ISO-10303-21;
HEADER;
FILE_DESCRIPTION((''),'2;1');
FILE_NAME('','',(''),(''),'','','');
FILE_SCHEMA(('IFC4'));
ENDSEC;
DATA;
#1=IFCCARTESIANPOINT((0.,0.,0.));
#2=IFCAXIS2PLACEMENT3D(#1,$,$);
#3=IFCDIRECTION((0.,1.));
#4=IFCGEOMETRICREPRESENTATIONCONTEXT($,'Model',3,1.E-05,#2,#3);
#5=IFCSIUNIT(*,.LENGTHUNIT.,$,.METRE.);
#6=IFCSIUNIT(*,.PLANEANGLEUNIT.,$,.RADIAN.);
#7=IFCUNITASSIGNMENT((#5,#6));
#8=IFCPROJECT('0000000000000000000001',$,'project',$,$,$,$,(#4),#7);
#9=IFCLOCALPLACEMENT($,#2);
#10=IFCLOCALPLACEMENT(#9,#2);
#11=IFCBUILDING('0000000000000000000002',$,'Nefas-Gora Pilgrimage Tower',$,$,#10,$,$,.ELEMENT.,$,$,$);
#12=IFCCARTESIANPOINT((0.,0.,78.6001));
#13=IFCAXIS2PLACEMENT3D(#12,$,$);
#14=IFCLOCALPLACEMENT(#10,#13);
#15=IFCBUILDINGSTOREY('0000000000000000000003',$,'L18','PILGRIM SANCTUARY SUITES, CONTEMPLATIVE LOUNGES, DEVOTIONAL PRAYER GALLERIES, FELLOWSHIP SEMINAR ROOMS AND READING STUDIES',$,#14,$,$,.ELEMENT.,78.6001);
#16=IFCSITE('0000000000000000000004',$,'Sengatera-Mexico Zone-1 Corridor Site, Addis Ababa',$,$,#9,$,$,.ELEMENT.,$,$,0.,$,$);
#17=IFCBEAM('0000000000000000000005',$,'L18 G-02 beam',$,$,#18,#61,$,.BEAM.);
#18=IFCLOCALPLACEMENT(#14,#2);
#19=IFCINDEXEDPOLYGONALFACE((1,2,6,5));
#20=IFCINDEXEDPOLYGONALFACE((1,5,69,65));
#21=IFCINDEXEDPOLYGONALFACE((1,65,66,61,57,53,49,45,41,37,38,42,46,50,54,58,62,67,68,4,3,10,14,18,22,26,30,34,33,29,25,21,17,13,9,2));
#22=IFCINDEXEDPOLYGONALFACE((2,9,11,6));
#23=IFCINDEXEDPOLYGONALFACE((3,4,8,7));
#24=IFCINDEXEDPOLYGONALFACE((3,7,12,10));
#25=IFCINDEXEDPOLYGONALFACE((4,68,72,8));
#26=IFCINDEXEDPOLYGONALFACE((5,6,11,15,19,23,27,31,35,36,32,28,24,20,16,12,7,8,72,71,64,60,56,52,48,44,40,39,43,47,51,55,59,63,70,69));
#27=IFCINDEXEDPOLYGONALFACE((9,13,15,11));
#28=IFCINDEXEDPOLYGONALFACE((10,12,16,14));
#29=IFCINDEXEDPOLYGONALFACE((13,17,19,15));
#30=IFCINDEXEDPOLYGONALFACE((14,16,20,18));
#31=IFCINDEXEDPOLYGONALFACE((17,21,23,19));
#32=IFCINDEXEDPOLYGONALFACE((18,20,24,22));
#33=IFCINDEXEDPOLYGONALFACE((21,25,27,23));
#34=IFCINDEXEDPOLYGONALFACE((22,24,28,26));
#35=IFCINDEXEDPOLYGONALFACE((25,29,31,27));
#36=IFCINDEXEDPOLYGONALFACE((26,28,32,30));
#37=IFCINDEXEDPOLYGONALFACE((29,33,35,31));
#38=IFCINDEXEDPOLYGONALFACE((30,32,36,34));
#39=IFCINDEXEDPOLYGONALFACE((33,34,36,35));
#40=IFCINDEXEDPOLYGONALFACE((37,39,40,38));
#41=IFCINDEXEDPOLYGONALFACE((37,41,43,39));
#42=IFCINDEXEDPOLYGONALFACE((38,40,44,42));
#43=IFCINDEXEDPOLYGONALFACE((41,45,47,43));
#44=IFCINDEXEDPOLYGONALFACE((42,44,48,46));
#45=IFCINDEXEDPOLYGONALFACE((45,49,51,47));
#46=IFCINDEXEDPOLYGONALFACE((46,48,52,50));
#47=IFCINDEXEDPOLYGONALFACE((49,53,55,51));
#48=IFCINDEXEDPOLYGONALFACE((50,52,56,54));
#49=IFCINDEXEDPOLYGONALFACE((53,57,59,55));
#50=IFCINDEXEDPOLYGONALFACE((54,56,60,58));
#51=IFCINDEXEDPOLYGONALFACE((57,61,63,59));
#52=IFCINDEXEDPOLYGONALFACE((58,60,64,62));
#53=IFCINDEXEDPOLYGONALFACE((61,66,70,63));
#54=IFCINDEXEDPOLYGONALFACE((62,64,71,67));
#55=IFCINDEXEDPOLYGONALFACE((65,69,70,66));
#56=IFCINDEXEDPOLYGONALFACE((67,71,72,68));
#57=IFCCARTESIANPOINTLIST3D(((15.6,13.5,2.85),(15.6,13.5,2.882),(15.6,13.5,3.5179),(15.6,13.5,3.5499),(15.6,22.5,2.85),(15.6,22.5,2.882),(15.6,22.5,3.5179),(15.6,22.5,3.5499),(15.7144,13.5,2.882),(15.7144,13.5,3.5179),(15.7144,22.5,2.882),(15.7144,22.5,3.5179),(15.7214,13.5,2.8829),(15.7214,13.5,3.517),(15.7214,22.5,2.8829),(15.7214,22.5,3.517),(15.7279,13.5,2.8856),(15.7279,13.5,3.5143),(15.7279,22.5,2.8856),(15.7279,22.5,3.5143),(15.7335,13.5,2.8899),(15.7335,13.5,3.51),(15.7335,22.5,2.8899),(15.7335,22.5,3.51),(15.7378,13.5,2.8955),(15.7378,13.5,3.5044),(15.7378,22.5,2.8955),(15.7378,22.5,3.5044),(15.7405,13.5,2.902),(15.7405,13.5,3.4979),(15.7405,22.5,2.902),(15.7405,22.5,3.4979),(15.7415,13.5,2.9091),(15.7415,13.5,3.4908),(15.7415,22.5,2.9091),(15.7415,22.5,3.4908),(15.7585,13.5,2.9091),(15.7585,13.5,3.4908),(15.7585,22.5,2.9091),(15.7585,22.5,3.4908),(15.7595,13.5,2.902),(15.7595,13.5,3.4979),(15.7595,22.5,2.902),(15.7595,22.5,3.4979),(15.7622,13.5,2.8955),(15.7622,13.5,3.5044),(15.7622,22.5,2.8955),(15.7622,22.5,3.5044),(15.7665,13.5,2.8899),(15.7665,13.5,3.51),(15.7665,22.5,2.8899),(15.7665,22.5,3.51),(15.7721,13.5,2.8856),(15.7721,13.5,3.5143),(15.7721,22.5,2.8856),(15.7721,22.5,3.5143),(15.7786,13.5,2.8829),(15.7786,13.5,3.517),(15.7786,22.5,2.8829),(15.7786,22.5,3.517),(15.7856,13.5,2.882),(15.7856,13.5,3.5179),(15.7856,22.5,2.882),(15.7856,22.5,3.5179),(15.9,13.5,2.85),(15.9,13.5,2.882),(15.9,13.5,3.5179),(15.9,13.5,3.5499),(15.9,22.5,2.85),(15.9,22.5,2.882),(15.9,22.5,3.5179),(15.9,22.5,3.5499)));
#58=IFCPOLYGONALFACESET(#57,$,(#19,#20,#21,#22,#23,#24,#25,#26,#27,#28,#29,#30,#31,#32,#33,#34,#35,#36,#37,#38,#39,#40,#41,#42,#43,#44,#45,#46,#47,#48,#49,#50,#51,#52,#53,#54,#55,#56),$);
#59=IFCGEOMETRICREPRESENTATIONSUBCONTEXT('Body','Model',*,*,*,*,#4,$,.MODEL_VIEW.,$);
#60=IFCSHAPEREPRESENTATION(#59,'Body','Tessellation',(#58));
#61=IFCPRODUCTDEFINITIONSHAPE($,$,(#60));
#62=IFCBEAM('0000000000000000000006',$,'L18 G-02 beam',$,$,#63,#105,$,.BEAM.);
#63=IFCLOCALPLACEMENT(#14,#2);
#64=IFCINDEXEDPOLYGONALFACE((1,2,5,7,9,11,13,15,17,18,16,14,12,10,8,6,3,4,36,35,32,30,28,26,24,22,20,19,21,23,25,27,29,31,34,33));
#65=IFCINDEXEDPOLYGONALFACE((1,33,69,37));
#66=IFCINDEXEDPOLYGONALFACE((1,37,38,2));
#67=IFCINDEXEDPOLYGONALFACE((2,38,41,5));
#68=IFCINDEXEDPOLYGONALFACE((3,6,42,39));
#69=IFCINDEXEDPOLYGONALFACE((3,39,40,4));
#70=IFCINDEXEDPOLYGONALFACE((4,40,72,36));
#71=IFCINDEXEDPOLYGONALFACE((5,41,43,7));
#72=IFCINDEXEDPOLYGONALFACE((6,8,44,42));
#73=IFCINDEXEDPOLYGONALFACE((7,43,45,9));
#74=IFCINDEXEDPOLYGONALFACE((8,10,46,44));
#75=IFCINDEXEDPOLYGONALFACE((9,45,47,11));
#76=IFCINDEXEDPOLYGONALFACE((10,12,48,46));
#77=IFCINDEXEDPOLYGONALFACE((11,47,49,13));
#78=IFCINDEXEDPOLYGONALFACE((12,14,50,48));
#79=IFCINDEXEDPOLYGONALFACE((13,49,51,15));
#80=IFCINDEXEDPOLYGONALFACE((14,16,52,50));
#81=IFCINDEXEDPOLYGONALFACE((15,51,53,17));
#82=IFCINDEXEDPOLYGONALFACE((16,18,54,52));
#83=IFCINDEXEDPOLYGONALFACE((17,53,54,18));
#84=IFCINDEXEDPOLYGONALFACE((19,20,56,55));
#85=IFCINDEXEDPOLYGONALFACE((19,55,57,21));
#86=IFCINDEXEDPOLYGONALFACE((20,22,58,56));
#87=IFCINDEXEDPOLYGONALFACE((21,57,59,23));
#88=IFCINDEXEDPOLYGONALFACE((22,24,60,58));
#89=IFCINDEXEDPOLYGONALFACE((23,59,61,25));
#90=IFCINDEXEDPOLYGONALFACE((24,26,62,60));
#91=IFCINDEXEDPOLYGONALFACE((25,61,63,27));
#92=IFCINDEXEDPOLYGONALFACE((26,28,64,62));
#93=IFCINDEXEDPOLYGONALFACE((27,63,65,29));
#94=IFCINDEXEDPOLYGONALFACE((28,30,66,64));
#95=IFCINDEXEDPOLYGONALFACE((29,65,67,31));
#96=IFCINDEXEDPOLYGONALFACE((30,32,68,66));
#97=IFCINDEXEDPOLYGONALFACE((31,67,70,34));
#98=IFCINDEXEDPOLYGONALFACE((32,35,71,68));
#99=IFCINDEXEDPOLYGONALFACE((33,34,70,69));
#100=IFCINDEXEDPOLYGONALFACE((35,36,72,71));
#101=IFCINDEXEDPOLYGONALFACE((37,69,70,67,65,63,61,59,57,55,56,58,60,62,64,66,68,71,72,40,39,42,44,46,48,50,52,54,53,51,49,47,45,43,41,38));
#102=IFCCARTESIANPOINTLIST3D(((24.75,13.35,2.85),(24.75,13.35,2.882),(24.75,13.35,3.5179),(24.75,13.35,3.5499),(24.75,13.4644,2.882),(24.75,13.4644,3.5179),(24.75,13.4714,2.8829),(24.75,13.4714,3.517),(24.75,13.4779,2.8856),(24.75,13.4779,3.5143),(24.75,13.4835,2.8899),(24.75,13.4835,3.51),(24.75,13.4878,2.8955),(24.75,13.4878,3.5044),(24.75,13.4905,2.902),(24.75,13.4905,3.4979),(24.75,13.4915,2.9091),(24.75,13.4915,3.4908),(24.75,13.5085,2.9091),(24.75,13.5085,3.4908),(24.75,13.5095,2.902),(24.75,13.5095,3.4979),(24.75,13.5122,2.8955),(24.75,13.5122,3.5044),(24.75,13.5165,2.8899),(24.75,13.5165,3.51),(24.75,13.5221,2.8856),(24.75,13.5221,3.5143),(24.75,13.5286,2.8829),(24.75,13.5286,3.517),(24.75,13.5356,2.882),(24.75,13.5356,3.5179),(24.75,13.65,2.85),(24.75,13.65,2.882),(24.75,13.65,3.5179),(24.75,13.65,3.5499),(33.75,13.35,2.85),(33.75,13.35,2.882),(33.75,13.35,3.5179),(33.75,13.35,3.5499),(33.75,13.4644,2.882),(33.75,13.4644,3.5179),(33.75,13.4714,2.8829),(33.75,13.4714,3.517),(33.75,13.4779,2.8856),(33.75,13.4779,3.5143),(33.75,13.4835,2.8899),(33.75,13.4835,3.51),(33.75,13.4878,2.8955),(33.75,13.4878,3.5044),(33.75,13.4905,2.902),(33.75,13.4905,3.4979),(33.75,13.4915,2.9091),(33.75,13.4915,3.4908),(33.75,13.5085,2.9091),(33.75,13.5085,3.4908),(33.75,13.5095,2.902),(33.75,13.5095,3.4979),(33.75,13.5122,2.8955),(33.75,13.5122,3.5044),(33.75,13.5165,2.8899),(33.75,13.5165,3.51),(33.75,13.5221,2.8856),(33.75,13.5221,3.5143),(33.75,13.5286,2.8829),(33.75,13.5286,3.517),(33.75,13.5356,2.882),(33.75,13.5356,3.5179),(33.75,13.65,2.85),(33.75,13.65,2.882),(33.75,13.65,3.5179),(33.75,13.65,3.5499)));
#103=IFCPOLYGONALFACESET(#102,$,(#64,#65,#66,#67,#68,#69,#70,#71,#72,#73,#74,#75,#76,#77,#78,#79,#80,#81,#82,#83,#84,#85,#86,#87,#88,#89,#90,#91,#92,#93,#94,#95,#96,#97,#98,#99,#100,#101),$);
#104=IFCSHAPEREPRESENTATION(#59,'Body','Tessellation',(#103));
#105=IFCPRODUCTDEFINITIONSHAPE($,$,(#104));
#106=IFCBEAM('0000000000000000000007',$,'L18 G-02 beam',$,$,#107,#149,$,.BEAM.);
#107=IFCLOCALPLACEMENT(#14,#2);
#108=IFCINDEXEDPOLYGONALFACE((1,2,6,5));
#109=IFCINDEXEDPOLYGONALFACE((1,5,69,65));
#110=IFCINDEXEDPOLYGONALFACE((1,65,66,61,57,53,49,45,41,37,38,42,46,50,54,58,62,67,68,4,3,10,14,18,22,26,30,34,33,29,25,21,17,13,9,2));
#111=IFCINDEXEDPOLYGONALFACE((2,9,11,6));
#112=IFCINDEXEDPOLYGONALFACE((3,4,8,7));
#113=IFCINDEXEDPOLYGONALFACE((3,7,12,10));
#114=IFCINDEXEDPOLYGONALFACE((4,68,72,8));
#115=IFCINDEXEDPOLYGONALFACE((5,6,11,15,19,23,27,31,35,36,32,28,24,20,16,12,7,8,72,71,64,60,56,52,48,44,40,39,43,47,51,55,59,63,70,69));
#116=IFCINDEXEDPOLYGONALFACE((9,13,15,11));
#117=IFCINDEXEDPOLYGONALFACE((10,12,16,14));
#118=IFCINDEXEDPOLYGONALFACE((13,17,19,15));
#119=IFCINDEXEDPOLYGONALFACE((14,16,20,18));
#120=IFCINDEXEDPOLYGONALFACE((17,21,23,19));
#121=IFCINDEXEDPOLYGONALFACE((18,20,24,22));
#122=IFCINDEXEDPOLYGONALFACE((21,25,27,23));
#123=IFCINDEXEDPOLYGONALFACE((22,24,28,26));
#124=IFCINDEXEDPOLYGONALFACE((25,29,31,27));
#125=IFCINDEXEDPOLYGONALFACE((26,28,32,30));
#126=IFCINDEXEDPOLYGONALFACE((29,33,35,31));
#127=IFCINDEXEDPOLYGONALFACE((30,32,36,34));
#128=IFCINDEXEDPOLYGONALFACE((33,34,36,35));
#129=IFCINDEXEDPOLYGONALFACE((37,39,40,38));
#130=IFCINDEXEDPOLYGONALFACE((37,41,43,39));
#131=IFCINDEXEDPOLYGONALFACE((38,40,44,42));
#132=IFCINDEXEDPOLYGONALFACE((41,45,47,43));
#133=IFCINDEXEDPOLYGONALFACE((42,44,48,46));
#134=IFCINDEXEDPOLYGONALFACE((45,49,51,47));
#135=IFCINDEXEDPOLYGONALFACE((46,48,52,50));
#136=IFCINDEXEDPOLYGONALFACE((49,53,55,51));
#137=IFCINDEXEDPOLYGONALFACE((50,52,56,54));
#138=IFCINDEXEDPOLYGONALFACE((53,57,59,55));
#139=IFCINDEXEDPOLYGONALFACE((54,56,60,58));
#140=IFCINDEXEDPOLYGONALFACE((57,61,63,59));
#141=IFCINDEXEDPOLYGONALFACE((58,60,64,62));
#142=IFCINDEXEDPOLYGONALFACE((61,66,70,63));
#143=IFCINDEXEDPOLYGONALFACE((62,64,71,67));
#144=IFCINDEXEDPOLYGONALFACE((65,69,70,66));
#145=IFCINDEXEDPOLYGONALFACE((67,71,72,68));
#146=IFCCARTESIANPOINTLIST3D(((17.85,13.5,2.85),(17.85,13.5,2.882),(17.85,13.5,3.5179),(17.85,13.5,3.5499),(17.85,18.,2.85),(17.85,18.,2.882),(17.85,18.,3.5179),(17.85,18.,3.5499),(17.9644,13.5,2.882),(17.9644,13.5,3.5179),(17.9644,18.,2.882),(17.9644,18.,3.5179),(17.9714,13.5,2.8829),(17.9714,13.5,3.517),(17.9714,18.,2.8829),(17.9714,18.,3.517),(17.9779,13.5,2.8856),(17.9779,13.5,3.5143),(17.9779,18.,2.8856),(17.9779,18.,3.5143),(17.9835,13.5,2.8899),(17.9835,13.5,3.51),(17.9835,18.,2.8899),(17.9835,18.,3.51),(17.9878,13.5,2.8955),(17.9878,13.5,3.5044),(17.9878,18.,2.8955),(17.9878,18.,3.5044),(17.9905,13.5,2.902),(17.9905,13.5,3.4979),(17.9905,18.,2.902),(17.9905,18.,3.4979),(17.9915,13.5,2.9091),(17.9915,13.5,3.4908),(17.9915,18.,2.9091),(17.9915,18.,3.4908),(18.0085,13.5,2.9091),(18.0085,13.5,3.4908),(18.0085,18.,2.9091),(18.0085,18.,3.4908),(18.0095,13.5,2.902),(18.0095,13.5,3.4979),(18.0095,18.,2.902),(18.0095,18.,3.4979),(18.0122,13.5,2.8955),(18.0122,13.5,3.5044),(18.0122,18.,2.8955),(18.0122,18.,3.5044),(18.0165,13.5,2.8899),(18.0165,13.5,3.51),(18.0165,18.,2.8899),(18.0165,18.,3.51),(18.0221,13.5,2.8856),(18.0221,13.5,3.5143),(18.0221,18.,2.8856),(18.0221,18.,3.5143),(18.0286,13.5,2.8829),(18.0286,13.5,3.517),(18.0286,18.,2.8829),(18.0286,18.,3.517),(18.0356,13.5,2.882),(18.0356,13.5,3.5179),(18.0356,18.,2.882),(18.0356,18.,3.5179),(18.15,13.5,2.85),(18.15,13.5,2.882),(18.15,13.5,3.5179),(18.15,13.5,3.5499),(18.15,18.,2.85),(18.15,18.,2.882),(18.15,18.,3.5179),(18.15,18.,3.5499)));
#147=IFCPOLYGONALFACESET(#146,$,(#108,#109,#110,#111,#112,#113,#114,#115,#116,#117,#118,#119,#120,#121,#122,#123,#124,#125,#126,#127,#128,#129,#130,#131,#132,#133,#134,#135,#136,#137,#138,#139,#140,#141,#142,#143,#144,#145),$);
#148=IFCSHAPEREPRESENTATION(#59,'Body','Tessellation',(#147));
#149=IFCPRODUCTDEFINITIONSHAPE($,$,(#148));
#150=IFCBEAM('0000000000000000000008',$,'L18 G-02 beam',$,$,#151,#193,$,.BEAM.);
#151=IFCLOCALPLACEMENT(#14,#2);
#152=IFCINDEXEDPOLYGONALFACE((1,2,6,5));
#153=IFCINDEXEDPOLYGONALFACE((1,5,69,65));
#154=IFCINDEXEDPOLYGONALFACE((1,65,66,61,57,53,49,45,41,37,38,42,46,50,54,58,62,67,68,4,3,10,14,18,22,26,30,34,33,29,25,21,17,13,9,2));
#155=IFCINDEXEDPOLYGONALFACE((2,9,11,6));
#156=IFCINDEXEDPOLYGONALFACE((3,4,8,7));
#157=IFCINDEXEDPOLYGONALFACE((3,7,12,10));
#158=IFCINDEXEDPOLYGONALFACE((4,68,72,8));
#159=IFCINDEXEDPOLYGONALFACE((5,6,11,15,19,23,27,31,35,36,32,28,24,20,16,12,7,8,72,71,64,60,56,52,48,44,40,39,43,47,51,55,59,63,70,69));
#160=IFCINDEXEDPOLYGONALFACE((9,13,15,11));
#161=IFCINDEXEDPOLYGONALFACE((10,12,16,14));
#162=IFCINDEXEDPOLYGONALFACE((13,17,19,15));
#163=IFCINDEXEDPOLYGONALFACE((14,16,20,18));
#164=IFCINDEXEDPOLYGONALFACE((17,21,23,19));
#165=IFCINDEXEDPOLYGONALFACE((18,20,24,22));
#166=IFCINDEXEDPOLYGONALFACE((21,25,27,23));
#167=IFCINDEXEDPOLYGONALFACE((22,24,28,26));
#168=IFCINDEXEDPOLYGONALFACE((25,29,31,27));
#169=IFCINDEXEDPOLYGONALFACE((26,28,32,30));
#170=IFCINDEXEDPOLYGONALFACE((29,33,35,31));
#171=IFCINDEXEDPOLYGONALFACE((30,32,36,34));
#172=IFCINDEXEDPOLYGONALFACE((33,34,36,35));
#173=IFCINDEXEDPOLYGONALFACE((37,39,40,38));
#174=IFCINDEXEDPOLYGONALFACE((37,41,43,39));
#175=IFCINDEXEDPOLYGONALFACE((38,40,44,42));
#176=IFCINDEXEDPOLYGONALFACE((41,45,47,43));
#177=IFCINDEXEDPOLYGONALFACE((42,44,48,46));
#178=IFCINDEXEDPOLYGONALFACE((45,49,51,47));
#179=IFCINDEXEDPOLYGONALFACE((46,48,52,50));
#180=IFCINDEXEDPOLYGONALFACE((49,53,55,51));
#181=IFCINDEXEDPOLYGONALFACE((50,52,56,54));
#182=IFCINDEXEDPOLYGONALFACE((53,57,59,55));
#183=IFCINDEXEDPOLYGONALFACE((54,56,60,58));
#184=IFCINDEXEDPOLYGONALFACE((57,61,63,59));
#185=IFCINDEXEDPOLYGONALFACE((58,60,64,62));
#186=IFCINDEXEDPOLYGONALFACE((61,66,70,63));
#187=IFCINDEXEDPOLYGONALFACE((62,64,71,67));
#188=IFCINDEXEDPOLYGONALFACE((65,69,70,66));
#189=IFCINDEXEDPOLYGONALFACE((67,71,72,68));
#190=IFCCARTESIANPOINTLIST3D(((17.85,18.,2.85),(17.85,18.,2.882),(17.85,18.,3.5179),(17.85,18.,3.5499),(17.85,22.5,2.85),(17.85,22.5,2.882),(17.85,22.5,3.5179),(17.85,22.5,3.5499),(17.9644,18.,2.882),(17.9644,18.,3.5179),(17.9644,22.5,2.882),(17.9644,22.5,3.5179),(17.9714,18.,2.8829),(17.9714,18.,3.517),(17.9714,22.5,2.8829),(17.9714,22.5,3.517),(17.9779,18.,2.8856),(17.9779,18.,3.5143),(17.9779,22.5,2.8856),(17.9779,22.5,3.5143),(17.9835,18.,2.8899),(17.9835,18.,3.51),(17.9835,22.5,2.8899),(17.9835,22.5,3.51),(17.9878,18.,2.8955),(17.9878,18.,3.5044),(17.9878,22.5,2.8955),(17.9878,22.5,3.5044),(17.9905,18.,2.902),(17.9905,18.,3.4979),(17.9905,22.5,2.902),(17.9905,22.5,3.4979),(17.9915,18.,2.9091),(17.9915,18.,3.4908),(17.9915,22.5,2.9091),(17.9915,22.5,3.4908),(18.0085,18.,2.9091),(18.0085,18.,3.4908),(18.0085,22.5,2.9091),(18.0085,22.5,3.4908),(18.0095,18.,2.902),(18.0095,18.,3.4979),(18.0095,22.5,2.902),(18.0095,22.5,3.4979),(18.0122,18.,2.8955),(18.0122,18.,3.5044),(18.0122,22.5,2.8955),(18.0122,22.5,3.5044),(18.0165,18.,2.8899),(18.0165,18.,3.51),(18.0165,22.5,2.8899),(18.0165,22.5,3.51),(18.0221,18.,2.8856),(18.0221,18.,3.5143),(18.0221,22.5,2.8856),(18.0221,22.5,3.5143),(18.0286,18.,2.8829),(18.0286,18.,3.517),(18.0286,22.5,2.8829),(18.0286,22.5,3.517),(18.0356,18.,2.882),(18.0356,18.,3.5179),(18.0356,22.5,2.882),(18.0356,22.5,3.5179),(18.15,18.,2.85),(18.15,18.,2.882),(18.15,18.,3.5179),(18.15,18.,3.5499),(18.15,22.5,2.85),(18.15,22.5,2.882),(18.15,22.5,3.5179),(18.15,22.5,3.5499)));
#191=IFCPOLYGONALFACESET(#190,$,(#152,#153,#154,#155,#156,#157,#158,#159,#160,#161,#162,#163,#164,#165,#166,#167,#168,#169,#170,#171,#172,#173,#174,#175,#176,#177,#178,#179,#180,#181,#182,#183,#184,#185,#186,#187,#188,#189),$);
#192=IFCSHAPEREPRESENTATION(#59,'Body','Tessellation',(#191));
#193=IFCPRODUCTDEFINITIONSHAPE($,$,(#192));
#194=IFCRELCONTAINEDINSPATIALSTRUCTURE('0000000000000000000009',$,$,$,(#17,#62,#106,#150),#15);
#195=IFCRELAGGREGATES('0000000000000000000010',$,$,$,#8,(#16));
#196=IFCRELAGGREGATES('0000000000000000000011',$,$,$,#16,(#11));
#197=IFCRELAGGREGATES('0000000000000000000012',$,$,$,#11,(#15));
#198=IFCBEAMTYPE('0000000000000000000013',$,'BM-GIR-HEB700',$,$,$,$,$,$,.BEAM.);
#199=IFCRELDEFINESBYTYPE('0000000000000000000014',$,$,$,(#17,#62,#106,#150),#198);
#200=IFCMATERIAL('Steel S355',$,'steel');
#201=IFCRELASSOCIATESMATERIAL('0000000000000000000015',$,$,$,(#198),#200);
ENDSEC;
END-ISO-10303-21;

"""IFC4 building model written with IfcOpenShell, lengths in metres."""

from ifc_helpers import new_model, si_unit, direction, frame, origin, origin_2d, place, context, subcontext, project, spatial, i_section, extrude, source, transform, mapped, material, material_profile, profile_set, type_object, element, save


model = new_model("IFC4")

# Units and contexts
model_context = context("Model", 3, precision=1e-05, world=origin(), true_north=direction((0.0, 1.0)))
body_context = subcontext(model_context, "Body", "Model", "MODEL_VIEW")
ifc_project = project(units=[si_unit("LENGTHUNIT", "METRE"), si_unit("PLANEANGLEUNIT", "RADIAN")], contexts=[model_context])

# Site, building, storey
site_placement = place(None, origin())
site = spatial("IfcSite", under=ifc_project, at=site_placement, Name="Sengatera-Mexico Zone-1 Corridor Site, Addis Ababa", CompositionType="ELEMENT", RefElevation=0.0)
building_placement = place(site_placement, origin())
building = spatial("IfcBuilding", under=site, at=building_placement, Name="Nefas-Gora Pilgrimage Tower", CompositionType="ELEMENT")
storey_placement = place(building_placement, frame((0.0, 0.0, 78.6001)))
storey = spatial("IfcBuildingStorey", under=building, at=storey_placement, Name="L18", Description="PILGRIM SANCTUARY SUITES, CONTEMPLATIVE LOUNGES, DEVOTIONAL PRAYER GALLERIES, FELLOWSHIP SEMINAR ROOMS AND READING STUDIES", CompositionType="ELEMENT", Elevation=78.6001)

# Beams
ifc_material_1 = material(Name="Steel S355", Category="steel")
ifc_material_profile_1 = material_profile(ifc_material_1, i_section(OverallWidth=0.3, OverallDepth=0.7, WebThickness=0.0171, FlangeThickness=0.032, FilletRadius=0.0271, at=origin_2d()), Name="HEB 700")
ifc_profile_set_1 = profile_set([ifc_material_profile_1], Name="Steel S355")
beam_type_1 = type_object("IfcBeamType", Name="BM-GIR-HEB700", PredefinedType="BEAM", material=ifc_profile_set_1)
shared_shape_1 = source(origin(), body_context, "Body", "SweptSolid", [
    extrude(i_section(OverallWidth=0.3, OverallDepth=0.7, WebThickness=0.0171, FlangeThickness=0.032, FilletRadius=0.0271, at=origin_2d()), origin(), (0.0, 0.0, 1.0), 9.0),
])
for number, where, z_axis, x_axis, name in (
    (1, (15.75, 13.5, 3.2), (0.0, 1.0, 0.0), (-1.0, 0.0, 0.0), "L18 G-02 beam"),
    (2, (24.75, 13.5, 3.2), (1.0, 0.0, 0.0), (0.0, 1.0, 0.0), "L18 G-02 beam"),
):
    element("IfcBeam", number, at=place(storey_placement, frame(where, z_axis=z_axis, x_axis=x_axis)), inside=storey, type_object=beam_type_1, Name=name, PredefinedType="BEAM", context=body_context, shape_type="MappedRepresentation", body=[
        mapped(shared_shape_1, transform((0.0, 0.0, 0.0), x_axis=(1.0, 0.0, 0.0), y_axis=(0.0, 1.0, 0.0), z_axis=(0.0, 0.0, 1.0), scale=1.0)),
    ])
shared_shape_2 = source(origin(), body_context, "Body", "SweptSolid", [
    extrude(i_section(OverallWidth=0.3, OverallDepth=0.7, WebThickness=0.0171, FlangeThickness=0.032, FilletRadius=0.0271, at=origin_2d()), origin(), (0.0, 0.0, 1.0), 4.5),
])
for number, where, z_axis, x_axis, name in (
    (3, (18.0, 13.5, 3.2), (0.0, 1.0, 0.0), (-1.0, 0.0, 0.0), "L18 G-02 beam"),
    (4, (18.0, 18.0, 3.2), (0.0, 1.0, 0.0), (-1.0, 0.0, 0.0), "L18 G-02 beam"),
):
    element("IfcBeam", number, at=place(storey_placement, frame(where, z_axis=z_axis, x_axis=x_axis)), inside=storey, type_object=beam_type_1, Name=name, PredefinedType="BEAM", context=body_context, shape_type="MappedRepresentation", body=[
        mapped(shared_shape_2, transform((0.0, 0.0, 0.0), x_axis=(1.0, 0.0, 0.0), y_axis=(0.0, 1.0, 0.0), z_axis=(0.0, 0.0, 1.0), scale=1.0)),
    ])

save(model, "model.ifc")
